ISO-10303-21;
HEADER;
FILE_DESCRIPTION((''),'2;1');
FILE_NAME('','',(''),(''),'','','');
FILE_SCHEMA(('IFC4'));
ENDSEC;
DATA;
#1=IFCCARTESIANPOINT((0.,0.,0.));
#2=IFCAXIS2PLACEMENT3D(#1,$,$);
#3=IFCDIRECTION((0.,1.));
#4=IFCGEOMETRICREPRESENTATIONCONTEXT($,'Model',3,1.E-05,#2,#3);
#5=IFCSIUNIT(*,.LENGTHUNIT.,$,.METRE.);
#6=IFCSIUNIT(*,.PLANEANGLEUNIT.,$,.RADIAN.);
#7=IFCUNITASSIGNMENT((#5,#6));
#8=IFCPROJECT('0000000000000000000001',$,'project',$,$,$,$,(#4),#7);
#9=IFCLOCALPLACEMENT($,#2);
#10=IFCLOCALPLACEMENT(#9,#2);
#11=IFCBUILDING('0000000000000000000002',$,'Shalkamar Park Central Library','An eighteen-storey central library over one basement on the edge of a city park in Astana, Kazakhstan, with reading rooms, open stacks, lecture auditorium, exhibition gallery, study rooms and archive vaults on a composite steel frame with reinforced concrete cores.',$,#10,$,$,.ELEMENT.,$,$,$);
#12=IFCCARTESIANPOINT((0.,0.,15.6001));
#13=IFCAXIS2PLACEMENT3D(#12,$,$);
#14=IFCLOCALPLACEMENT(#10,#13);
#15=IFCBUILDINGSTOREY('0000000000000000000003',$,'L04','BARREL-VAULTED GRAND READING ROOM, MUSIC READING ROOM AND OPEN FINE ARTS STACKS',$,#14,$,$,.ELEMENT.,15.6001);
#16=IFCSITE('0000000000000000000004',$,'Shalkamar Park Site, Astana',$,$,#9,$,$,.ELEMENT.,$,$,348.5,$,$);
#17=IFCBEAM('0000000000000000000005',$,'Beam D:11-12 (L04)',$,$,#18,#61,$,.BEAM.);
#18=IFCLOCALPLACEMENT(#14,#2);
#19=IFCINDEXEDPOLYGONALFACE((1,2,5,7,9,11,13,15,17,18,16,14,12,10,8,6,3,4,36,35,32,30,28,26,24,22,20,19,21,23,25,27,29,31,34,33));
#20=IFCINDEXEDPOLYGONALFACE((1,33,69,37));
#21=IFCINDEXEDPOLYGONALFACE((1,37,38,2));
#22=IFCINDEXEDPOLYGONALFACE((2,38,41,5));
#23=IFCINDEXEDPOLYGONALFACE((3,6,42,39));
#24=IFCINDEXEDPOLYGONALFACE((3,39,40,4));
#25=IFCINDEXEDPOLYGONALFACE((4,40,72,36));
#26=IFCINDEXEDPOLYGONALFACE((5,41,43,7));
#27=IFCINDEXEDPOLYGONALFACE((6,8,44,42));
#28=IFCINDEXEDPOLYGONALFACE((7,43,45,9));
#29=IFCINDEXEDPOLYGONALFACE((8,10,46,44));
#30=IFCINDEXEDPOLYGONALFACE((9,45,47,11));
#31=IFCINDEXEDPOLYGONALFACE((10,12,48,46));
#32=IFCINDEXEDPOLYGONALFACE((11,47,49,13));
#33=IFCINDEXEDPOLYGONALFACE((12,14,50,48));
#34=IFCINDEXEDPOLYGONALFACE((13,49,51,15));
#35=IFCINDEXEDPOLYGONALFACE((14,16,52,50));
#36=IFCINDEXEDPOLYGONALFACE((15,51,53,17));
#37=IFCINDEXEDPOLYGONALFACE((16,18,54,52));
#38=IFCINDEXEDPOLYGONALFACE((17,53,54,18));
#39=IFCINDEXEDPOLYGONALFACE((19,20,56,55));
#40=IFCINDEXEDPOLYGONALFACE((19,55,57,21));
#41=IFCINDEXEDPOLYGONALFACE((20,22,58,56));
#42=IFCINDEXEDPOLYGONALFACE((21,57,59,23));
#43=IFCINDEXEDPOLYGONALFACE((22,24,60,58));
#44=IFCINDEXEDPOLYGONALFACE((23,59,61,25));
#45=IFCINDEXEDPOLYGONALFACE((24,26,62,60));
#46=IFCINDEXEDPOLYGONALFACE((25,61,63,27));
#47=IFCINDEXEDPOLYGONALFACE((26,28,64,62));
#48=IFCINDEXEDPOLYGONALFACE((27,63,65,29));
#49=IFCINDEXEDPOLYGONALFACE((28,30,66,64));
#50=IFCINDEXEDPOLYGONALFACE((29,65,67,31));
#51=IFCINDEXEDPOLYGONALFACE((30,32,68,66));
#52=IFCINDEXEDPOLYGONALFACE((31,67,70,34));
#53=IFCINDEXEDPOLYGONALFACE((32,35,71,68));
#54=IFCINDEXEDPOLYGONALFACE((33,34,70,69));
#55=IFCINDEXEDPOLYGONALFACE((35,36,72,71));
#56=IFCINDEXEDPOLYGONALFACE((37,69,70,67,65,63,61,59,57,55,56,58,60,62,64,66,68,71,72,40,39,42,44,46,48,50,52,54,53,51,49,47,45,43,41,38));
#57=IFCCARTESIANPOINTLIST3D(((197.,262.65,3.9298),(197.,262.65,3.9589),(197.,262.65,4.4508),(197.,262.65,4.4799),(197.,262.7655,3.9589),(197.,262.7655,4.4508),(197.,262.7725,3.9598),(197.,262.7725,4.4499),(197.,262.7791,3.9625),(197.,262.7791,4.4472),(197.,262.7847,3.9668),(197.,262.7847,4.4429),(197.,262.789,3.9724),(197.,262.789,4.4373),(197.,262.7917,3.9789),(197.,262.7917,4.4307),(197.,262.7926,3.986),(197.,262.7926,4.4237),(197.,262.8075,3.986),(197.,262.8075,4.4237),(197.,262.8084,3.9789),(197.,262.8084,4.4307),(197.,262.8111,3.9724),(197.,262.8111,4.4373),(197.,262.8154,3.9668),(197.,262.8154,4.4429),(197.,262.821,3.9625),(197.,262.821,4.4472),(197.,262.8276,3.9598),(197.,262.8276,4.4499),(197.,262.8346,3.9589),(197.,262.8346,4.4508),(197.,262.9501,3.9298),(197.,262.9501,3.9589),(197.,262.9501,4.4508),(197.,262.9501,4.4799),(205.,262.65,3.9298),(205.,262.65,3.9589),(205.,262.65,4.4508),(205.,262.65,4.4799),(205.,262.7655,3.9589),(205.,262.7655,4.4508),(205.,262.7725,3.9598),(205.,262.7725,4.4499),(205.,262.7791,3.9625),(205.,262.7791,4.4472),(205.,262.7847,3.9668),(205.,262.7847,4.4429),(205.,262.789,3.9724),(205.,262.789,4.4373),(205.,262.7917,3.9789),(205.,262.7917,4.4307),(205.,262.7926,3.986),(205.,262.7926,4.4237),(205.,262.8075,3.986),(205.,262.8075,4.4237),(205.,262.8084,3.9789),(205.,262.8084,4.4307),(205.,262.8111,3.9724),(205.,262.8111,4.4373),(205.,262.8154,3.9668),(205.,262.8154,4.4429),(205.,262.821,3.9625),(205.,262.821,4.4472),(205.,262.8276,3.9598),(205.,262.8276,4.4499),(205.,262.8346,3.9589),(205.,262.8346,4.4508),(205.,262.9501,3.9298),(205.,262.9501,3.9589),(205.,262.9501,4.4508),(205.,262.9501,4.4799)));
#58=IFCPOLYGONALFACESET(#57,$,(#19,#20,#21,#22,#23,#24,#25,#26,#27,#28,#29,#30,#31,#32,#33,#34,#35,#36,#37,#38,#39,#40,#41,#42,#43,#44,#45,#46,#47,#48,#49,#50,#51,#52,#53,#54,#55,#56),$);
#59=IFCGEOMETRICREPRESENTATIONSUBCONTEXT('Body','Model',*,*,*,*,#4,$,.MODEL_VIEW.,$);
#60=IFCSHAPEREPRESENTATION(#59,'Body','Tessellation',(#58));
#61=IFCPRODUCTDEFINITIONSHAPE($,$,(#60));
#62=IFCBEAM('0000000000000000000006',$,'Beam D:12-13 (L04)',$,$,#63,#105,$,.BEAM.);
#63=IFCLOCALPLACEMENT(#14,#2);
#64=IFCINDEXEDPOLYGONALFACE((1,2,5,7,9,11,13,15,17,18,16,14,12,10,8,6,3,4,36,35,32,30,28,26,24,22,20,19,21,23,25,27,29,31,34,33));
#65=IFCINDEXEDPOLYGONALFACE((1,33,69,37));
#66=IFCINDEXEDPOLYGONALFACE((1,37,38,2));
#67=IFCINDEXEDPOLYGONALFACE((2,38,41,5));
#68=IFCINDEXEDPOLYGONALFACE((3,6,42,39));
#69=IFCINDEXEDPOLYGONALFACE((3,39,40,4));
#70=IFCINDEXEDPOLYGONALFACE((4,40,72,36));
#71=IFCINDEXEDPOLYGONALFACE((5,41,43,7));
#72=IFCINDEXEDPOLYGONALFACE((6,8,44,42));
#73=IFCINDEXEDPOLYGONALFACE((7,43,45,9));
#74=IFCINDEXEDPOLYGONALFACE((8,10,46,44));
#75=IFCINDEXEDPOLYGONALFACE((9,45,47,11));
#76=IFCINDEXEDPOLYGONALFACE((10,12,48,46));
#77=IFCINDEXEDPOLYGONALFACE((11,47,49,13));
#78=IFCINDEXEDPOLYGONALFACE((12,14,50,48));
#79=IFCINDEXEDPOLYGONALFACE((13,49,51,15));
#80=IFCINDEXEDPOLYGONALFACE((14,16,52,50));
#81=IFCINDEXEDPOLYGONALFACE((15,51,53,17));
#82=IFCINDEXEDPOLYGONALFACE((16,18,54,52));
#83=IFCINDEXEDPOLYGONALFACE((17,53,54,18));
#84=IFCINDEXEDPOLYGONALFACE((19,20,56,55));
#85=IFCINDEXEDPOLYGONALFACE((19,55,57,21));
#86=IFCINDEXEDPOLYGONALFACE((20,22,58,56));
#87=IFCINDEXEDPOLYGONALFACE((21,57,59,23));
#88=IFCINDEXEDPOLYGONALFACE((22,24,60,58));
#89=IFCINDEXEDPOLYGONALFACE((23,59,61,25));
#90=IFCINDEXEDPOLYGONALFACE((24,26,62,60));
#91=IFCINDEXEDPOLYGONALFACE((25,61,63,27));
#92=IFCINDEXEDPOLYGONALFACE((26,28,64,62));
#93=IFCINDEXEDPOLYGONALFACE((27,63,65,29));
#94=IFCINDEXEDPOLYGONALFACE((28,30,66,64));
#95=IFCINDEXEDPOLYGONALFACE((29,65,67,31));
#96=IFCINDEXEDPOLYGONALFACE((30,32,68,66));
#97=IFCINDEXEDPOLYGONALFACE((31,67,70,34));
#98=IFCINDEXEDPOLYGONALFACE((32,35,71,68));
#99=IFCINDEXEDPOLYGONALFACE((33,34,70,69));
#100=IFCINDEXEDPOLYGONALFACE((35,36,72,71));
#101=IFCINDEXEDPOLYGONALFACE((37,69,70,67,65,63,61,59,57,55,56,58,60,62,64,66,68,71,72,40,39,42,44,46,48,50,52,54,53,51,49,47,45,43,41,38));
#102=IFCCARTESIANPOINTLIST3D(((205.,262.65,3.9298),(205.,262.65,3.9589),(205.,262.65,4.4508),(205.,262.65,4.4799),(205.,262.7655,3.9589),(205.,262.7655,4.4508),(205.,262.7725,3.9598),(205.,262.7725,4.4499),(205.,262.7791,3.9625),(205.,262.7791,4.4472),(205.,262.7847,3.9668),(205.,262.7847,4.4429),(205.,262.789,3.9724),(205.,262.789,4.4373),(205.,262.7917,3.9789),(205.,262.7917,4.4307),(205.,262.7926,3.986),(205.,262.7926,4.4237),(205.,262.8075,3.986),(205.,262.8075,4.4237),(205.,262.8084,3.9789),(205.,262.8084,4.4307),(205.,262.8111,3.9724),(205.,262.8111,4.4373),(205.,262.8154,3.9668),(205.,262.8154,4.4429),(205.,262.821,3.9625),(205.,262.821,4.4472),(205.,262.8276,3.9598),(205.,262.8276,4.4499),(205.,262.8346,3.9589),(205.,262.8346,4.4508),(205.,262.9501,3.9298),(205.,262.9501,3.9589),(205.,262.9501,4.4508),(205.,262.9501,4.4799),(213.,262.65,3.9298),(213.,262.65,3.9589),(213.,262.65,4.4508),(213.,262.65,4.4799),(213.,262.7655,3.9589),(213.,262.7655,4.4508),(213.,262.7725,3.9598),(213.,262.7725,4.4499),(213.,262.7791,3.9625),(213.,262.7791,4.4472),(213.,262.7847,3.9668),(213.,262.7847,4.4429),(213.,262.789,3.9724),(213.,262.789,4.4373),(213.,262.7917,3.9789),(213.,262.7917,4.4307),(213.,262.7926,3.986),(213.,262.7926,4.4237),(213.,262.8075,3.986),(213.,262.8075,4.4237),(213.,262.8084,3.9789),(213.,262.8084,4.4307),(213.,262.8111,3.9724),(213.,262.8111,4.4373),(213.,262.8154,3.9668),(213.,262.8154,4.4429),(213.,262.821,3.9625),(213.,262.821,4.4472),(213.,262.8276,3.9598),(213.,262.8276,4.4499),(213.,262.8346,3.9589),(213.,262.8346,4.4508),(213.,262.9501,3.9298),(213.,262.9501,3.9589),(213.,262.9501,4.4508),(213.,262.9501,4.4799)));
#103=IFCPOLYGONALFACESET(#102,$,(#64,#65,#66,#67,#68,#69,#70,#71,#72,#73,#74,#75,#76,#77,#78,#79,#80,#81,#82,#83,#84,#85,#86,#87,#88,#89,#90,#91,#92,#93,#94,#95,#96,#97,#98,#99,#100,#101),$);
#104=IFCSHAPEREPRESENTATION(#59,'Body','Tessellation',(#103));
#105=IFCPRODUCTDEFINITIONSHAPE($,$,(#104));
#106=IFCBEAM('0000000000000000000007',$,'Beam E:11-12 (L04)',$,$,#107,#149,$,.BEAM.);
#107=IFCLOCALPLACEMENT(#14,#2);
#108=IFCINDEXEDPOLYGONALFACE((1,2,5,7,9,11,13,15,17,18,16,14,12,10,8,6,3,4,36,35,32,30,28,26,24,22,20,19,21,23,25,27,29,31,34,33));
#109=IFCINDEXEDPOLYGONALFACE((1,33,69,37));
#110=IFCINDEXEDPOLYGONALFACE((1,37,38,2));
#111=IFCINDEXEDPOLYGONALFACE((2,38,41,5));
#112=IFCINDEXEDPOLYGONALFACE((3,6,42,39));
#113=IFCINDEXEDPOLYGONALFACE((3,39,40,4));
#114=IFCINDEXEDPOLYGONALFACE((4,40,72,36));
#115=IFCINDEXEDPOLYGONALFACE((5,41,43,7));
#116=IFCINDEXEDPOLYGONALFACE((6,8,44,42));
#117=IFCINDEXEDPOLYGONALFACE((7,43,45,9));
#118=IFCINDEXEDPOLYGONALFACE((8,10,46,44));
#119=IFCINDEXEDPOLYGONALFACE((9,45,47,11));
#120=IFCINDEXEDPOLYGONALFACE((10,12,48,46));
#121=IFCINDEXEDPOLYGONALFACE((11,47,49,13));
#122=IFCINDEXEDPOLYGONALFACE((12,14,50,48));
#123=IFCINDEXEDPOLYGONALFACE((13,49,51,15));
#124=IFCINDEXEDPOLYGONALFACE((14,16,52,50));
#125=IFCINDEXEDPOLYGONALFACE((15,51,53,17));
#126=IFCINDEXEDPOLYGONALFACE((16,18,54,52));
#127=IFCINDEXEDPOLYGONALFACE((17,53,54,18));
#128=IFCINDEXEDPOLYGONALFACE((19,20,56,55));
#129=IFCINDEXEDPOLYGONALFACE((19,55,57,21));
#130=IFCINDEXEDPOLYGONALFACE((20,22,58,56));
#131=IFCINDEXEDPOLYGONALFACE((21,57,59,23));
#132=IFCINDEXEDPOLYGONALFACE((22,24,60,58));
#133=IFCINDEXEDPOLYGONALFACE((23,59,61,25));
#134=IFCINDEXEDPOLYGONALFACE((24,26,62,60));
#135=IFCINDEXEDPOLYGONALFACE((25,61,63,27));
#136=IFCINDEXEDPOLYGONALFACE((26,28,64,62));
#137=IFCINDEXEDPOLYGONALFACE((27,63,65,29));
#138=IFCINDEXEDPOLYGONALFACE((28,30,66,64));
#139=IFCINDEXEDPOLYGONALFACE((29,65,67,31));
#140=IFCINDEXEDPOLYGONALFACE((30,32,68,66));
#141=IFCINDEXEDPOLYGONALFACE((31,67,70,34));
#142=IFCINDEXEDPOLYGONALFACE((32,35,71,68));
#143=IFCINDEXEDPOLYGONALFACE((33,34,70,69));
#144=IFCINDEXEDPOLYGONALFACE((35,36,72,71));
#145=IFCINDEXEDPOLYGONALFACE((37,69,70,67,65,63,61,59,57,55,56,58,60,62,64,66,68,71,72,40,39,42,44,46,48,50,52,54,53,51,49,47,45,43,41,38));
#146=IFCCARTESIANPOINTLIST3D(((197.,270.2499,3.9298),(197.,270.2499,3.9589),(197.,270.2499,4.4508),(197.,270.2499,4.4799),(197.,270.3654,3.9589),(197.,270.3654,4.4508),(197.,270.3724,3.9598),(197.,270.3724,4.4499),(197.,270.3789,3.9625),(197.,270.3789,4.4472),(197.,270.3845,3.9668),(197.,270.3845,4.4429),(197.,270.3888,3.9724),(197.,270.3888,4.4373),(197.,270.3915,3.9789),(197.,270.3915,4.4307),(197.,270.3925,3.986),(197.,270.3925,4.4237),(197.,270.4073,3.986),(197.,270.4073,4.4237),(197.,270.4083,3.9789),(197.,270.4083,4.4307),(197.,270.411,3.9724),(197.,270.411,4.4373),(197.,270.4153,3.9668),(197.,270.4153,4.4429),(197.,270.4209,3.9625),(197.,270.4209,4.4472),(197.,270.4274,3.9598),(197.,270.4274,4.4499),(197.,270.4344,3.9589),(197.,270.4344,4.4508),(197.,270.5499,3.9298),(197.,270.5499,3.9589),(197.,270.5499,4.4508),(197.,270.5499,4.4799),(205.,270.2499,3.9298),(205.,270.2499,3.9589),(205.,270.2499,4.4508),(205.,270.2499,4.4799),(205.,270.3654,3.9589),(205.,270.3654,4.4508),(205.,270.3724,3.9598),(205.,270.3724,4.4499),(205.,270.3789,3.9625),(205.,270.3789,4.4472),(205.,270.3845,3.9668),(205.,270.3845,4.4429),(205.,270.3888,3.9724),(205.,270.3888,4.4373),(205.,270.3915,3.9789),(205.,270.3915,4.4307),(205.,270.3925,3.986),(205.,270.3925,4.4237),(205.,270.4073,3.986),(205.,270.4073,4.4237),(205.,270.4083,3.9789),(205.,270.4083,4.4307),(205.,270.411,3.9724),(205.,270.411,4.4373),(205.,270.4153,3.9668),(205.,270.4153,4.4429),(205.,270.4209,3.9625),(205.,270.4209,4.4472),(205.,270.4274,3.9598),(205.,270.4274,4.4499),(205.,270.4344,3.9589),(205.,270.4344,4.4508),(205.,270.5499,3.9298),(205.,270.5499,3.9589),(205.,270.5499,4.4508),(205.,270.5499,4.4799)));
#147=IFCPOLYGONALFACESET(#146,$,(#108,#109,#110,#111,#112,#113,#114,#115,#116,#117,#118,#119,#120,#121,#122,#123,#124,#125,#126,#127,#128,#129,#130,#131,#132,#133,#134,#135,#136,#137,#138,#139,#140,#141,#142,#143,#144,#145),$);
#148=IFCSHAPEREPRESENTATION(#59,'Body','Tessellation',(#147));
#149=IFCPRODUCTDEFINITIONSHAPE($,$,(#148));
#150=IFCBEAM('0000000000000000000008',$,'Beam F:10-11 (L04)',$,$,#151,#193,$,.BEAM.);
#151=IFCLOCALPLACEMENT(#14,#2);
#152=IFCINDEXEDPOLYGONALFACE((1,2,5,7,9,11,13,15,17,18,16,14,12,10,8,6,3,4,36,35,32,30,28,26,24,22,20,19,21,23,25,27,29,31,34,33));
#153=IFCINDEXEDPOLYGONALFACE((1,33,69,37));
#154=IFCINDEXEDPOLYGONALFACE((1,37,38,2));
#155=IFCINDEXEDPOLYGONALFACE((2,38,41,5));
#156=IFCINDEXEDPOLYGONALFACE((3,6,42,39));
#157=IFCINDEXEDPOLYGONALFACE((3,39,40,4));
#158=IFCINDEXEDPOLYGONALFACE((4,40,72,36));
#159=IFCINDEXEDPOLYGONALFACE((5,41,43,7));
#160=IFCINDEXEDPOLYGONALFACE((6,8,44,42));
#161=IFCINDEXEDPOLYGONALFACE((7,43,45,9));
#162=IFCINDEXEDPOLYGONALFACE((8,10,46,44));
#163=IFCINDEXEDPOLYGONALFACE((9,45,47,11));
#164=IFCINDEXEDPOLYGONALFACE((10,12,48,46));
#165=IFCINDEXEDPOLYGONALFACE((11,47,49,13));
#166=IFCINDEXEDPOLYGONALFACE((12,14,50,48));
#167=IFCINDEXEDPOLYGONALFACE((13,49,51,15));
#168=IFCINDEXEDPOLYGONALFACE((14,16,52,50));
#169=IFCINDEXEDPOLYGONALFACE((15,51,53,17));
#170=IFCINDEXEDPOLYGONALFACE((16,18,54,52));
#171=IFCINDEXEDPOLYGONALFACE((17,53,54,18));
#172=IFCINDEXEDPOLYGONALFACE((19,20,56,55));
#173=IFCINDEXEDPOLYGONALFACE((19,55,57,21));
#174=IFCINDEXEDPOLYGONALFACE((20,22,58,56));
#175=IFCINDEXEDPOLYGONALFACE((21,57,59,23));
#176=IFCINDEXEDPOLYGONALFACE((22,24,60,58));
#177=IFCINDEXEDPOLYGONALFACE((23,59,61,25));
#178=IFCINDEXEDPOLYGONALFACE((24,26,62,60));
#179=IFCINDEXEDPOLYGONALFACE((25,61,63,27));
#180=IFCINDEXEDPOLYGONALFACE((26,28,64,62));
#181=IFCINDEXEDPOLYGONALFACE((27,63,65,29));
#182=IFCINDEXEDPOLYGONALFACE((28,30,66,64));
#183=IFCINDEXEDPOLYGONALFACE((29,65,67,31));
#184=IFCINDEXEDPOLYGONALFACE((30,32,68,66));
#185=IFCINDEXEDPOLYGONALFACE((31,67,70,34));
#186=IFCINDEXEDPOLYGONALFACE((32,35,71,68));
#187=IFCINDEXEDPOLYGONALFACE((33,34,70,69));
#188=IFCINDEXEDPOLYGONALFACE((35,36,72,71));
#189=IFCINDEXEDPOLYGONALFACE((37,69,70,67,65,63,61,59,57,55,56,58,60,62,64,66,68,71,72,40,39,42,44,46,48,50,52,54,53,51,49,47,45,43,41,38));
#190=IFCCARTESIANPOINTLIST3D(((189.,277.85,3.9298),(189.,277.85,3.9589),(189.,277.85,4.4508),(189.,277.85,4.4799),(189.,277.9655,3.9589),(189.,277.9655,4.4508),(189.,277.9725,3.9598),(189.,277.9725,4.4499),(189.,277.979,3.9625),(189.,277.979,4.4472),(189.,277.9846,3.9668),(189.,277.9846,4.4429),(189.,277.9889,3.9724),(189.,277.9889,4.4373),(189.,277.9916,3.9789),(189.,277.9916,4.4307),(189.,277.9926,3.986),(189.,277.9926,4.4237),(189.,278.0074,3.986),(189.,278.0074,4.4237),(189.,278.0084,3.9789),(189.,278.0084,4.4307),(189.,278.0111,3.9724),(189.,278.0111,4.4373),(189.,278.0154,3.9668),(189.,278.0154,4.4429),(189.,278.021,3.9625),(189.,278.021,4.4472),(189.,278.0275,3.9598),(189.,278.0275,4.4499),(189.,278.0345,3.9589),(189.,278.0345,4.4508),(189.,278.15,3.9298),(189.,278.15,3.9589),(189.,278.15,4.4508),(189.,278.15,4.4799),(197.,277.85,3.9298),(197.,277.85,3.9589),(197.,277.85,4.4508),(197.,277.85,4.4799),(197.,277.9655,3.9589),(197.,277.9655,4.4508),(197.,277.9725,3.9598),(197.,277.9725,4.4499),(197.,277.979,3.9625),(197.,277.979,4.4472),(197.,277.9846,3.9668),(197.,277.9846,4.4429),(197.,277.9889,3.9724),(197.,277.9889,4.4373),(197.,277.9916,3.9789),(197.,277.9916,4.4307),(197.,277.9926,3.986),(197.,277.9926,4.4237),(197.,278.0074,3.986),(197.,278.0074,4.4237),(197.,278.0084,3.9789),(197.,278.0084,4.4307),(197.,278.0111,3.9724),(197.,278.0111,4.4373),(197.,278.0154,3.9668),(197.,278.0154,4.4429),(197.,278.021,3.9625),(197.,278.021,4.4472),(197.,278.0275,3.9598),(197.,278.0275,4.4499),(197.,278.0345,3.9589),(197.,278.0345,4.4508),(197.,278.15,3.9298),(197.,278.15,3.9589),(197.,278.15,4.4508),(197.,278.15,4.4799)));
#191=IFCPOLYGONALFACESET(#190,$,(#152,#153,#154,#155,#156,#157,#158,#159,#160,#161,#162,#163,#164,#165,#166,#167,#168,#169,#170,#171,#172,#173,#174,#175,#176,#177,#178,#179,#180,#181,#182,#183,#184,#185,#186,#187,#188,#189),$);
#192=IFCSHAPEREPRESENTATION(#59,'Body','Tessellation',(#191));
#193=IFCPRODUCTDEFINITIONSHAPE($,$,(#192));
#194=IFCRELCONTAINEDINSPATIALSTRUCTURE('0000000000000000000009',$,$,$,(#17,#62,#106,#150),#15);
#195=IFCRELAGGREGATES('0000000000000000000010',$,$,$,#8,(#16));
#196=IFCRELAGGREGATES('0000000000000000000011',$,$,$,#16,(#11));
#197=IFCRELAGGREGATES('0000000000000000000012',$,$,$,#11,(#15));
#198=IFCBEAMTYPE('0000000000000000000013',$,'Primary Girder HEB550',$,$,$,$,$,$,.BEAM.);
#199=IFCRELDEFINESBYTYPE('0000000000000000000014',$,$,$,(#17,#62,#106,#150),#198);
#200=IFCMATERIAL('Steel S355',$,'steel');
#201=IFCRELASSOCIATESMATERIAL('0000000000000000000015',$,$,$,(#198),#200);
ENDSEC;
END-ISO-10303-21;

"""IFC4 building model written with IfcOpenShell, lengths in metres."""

from ifc_helpers import new_model, si_unit, direction, frame, origin, origin_2d, place, context, subcontext, project, spatial, i_section, extrude, material, material_profile, profile_set, type_object, element, save


model = new_model("IFC4")

# Units and contexts
model_context = context("Model", 3, precision=1e-05, world=origin(), true_north=direction((0.0, 1.0)))
body_context = subcontext(model_context, "Body", "Model", "MODEL_VIEW")
ifc_project = project(units=[si_unit("LENGTHUNIT", "METRE"), si_unit("PLANEANGLEUNIT", "RADIAN")], contexts=[model_context])

# Site, building, storey
site_placement = place(None, origin())
site = spatial("IfcSite", under=ifc_project, at=site_placement, Name="Shalkamar Park Site, Astana", CompositionType="ELEMENT", RefElevation=348.5)
building_placement = place(site_placement, origin())
building = spatial("IfcBuilding", under=site, at=building_placement, Name="Shalkamar Park Central Library", Description="An eighteen-storey central library over one basement on the edge of a city park in Astana, Kazakhstan, with reading rooms, open stacks, lecture auditorium, exhibition gallery, study rooms and archive vaults on a composite steel frame with reinforced concrete cores.", CompositionType="ELEMENT")
storey_placement = place(building_placement, frame((0.0, 0.0, 15.6001)))
storey = spatial("IfcBuildingStorey", under=building, at=storey_placement, Name="L04", Description="BARREL-VAULTED GRAND READING ROOM, MUSIC READING ROOM AND OPEN FINE ARTS STACKS", CompositionType="ELEMENT", Elevation=15.6001)

# Shared definitions
ifc_material_1 = material(Name="Steel S355", Category="steel")

# Beams
ifc_material_profile_1 = material_profile(ifc_material_1, i_section(OverallWidth=0.3, OverallDepth=0.55, WebThickness=0.0149, FlangeThickness=0.0291, FilletRadius=0.0271, at=origin_2d()), Name="HEB 550")
ifc_profile_set_1 = profile_set([ifc_material_profile_1], Name="Steel S355")
beam_type_1 = type_object("IfcBeamType", Name="Primary Girder HEB550", PredefinedType="BEAM", material=ifc_profile_set_1)
for number, where, z_axis, x_axis, name in (
    (1, (197.0, 262.8, 4.2048), (1.0, 0.0, 0.0), (0.0, 1.0, 0.0), "Beam D:11-12 (L04)"),
    (2, (205.0, 262.8, 4.2048), (1.0, 0.0, 0.0), (0.0, 1.0, 0.0), "Beam D:12-13 (L04)"),
    (3, (197.0, 270.3999, 4.2048), (1.0, 0.0, 0.0), (0.0, 1.0, 0.0), "Beam E:11-12 (L04)"),
    (4, (189.0, 278.0, 4.2048), (1.0, 0.0, 0.0), (0.0, 1.0, 0.0), "Beam F:10-11 (L04)"),
):
    element("IfcBeam", number, at=place(storey_placement, frame(where, z_axis=z_axis, x_axis=x_axis)), inside=storey, type_object=beam_type_1, Name=name, PredefinedType="BEAM", context=body_context, shape_type="SweptSolid", body=[
        extrude(i_section(OverallWidth=0.3, OverallDepth=0.55, WebThickness=0.0149, FlangeThickness=0.0291, FilletRadius=0.0271, at=origin_2d()), origin(), (0.0, 0.0, 1.0), 8.0),
    ])

save(model, "model.ifc")
